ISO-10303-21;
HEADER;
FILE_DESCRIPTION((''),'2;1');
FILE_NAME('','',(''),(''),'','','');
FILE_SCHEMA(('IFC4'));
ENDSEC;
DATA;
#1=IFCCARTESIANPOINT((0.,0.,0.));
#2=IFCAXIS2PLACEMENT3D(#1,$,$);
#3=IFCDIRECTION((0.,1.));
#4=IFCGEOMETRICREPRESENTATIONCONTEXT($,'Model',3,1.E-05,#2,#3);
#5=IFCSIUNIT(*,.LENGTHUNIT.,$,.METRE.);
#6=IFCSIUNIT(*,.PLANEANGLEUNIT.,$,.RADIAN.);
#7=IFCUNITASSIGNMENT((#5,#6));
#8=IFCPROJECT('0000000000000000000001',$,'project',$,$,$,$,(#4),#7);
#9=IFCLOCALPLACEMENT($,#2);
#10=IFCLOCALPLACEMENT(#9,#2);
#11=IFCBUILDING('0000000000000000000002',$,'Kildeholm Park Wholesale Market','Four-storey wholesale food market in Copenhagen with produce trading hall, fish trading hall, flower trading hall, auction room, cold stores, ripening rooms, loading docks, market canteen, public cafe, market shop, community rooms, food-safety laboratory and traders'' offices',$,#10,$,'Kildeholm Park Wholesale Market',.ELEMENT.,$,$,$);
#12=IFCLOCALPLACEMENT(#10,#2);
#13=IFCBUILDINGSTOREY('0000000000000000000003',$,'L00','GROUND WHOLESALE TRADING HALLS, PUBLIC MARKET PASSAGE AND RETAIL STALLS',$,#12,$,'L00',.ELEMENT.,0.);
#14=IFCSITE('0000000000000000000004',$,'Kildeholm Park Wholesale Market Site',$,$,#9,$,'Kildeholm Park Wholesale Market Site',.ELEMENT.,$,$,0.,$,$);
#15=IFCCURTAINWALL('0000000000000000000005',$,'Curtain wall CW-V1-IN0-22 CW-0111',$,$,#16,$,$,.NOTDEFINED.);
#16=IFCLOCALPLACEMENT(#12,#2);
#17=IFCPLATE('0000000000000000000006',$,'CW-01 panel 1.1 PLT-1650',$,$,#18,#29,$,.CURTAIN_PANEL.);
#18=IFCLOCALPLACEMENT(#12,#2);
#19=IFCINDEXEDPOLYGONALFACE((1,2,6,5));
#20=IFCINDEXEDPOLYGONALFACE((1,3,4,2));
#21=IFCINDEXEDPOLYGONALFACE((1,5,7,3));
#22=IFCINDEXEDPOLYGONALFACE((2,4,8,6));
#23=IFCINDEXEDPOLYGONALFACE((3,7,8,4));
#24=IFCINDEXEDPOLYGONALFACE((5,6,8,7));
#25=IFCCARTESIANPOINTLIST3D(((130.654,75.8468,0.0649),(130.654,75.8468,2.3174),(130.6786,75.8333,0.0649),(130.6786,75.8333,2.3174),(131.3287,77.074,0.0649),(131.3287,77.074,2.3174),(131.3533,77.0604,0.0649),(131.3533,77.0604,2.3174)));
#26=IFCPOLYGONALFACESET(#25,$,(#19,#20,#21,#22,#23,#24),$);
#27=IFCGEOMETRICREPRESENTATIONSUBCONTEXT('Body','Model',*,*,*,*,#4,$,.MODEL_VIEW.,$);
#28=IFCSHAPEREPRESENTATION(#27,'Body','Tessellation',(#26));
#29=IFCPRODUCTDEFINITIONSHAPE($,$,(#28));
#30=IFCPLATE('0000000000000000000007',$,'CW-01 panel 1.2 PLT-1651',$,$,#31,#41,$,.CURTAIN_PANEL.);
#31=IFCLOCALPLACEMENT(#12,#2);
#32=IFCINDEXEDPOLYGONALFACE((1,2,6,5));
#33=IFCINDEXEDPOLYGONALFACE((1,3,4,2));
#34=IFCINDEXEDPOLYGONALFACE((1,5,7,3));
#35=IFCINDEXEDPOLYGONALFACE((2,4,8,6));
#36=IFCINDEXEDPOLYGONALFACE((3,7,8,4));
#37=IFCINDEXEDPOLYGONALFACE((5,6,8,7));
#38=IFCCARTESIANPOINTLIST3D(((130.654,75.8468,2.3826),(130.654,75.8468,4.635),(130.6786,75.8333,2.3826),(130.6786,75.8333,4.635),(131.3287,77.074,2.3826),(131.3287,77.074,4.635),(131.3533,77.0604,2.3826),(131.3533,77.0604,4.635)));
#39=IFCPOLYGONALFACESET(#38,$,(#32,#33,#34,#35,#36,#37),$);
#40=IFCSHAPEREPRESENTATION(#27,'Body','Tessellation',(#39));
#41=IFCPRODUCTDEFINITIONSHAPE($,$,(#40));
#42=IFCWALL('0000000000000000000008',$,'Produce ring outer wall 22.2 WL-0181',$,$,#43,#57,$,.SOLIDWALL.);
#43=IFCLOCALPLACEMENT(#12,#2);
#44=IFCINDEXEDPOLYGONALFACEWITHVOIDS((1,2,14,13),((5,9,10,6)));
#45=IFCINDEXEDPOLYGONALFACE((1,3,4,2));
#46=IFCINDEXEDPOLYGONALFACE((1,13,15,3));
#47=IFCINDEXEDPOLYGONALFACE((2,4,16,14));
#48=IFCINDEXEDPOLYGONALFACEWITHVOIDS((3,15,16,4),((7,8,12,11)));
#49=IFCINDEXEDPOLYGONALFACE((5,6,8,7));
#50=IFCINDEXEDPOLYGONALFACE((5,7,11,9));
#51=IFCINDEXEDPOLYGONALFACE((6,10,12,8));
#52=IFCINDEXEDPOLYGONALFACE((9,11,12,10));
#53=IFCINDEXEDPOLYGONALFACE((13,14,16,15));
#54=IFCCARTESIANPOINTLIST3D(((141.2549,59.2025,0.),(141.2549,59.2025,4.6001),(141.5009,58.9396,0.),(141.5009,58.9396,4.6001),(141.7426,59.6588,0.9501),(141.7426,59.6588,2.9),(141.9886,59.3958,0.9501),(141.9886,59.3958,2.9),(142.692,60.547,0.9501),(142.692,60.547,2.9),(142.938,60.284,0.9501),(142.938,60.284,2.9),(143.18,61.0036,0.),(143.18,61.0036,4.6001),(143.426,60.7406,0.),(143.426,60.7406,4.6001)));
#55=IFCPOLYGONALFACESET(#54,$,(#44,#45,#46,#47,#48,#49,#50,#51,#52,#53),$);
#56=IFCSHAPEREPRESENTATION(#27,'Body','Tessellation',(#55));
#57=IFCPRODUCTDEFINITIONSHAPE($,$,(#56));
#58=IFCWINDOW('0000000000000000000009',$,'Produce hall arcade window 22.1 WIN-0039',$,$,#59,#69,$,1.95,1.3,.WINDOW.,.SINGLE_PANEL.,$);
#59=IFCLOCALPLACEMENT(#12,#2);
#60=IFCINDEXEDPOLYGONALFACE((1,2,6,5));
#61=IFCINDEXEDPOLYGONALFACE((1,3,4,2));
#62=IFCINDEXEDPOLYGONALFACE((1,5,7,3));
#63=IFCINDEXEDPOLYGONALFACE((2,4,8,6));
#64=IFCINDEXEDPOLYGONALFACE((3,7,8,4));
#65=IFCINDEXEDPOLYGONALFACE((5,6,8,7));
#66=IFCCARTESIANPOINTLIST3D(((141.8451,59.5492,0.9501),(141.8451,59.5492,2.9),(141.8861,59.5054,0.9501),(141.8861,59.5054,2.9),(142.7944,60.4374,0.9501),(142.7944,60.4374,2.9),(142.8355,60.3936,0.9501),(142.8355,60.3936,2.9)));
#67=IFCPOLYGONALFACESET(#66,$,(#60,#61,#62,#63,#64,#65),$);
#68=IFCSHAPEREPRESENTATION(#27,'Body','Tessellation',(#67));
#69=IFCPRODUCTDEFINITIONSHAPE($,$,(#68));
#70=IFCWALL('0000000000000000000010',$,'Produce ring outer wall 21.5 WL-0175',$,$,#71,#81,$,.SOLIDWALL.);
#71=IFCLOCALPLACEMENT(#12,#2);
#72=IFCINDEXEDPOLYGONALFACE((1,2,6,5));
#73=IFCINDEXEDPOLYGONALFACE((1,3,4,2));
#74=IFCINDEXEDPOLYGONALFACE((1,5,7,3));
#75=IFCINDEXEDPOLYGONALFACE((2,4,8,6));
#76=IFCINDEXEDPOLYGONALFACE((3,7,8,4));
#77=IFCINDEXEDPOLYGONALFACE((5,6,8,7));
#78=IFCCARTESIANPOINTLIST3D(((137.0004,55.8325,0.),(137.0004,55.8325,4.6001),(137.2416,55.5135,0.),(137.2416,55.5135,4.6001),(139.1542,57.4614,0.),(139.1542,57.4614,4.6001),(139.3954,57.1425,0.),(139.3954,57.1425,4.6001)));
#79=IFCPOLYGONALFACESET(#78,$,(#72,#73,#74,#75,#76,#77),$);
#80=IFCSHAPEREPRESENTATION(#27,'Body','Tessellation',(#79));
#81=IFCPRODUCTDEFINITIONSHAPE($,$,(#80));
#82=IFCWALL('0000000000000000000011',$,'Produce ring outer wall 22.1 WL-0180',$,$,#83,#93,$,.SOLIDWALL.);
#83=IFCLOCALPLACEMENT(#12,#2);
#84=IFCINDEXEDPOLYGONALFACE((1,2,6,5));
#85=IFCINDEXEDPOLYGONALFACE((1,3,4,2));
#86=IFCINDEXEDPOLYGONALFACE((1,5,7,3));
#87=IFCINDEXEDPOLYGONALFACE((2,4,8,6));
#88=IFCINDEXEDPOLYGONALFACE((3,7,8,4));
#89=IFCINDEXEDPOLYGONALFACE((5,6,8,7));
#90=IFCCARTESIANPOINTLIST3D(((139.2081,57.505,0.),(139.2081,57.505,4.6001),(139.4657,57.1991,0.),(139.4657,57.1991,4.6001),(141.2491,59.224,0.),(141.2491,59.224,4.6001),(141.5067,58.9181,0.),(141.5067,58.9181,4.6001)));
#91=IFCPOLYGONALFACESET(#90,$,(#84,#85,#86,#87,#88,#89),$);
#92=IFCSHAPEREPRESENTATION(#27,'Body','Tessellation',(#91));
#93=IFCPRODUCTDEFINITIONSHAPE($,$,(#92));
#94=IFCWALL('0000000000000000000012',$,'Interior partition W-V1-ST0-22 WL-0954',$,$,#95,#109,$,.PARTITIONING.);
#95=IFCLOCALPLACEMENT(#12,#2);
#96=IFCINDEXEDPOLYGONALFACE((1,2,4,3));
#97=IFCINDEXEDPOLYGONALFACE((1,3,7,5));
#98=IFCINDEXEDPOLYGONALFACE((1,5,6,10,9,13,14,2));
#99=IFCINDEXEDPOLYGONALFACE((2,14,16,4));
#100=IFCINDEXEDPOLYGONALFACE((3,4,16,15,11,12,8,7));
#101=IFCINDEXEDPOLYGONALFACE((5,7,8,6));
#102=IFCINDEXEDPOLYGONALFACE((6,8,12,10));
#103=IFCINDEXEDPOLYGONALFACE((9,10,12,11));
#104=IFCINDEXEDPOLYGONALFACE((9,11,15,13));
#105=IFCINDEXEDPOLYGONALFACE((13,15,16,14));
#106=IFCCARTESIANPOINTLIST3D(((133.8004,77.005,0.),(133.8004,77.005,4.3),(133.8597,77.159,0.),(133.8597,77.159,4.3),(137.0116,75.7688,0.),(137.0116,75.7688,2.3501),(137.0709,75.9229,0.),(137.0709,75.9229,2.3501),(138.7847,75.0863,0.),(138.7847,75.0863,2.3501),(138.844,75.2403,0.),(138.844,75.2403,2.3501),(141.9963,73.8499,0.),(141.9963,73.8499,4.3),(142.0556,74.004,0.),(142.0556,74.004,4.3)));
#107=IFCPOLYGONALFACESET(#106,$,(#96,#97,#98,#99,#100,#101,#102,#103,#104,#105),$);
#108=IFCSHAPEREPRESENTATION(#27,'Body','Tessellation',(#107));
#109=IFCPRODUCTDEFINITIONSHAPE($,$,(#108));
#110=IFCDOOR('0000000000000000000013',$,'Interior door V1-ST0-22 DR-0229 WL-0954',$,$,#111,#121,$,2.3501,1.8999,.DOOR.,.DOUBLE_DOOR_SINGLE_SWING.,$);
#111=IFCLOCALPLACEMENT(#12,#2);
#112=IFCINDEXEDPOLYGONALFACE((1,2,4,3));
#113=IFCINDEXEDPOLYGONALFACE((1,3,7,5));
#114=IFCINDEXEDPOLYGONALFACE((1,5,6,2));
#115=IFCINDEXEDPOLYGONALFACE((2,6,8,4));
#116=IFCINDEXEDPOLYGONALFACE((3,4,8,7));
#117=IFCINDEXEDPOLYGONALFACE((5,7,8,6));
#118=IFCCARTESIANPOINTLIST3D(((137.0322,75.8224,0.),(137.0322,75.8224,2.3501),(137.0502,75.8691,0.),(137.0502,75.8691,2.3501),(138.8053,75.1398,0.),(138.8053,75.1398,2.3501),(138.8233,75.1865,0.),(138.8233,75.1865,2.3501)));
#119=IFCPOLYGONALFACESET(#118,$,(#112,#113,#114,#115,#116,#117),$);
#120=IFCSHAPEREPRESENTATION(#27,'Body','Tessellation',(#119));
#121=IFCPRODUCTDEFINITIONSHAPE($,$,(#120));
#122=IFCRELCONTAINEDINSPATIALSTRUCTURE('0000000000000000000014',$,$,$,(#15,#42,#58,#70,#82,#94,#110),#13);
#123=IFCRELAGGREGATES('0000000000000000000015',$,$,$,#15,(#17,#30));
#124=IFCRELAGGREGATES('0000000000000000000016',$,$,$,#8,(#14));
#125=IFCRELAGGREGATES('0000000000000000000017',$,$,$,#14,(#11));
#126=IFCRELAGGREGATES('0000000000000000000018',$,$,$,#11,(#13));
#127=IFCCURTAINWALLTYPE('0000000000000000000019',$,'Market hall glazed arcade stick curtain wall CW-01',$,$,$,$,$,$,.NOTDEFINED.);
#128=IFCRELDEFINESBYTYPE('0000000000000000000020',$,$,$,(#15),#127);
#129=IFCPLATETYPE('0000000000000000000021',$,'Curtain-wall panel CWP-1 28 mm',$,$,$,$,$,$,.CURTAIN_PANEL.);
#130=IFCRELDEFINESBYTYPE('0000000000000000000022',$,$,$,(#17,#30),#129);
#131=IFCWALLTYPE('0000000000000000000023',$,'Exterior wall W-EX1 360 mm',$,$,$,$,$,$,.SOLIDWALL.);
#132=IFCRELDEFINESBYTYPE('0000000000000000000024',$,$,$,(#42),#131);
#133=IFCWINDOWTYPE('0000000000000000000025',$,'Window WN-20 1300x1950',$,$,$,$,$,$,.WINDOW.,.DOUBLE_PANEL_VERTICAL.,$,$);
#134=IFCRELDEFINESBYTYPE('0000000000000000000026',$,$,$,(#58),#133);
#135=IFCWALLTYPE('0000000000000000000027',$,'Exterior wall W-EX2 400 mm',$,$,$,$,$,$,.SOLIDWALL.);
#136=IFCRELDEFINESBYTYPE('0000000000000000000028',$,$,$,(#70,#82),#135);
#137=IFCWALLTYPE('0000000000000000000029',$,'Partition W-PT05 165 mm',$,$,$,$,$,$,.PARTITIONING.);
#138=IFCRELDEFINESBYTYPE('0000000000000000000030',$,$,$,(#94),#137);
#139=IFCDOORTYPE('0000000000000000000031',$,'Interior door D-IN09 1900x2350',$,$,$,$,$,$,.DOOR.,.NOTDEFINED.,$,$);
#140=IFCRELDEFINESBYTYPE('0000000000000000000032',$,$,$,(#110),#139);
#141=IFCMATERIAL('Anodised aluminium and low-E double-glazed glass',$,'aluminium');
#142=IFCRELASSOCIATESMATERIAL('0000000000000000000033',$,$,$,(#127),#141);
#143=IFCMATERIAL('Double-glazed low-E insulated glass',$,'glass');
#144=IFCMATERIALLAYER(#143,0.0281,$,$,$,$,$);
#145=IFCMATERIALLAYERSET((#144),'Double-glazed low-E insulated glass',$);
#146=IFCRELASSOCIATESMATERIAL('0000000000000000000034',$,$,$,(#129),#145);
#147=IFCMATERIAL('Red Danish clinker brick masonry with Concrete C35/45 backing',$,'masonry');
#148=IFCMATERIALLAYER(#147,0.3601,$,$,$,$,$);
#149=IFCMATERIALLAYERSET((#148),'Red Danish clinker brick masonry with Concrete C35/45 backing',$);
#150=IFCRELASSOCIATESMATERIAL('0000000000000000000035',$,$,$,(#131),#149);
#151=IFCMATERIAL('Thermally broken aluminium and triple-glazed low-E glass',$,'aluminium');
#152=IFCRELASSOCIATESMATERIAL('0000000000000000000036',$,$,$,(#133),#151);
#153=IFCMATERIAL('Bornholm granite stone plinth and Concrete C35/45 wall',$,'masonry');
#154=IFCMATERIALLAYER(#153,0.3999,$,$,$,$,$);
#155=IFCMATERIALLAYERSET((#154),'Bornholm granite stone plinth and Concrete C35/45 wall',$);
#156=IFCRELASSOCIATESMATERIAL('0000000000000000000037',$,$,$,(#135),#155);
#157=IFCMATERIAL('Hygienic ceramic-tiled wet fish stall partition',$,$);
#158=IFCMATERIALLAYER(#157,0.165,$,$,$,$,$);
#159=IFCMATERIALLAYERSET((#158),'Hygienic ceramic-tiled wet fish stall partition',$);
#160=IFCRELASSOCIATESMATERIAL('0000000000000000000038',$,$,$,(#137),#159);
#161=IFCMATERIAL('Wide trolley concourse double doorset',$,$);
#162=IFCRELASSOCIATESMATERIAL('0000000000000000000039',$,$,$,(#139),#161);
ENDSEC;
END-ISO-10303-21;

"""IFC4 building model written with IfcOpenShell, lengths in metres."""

from ifc_helpers import new_model, si_unit, direction, frame, frame_2d, origin, origin_2d, place, context, subcontext, project, spatial, rectangle, extrude, material, layer, layer_set, type_object, element, fill, aggregate, save


model = new_model("IFC4")

# Units and contexts
model_context = context("Model", 3, precision=1e-05, world=origin(), true_north=direction((0.0, 1.0)))
body_context = subcontext(model_context, "Body", "Model", "MODEL_VIEW")
ifc_project = project(units=[si_unit("LENGTHUNIT", "METRE"), si_unit("PLANEANGLEUNIT", "RADIAN")], contexts=[model_context])

# Site, building, storey
site_placement = place(None, origin())
site = spatial("IfcSite", under=ifc_project, at=site_placement, Name="Kildeholm Park Wholesale Market Site", LongName="Kildeholm Park Wholesale Market Site", CompositionType="ELEMENT", RefElevation=0.0)
building_placement = place(site_placement, origin())
building = spatial("IfcBuilding", under=site, at=building_placement, Name="Kildeholm Park Wholesale Market", Description="Four-storey wholesale food market in Copenhagen with produce trading hall, fish trading hall, flower trading hall, auction room, cold stores, ripening rooms, loading docks, market canteen, public cafe, market shop, community rooms, food-safety laboratory and traders' offices", LongName="Kildeholm Park Wholesale Market", CompositionType="ELEMENT")
storey_placement = place(building_placement, origin())
storey = spatial("IfcBuildingStorey", under=building, at=storey_placement, Name="L00", Description="GROUND WHOLESALE TRADING HALLS, PUBLIC MARKET PASSAGE AND RETAIL STALLS", LongName="L00", CompositionType="ELEMENT", Elevation=0.0)

# Curtain wall, plates
ifc_material_1 = material(Name="Anodised aluminium and low-E double-glazed glass", Category="aluminium")
curtain_wall_type = type_object("IfcCurtainWallType", Name="Market hall glazed arcade stick curtain wall CW-01", PredefinedType="NOTDEFINED", material=ifc_material_1)
curtain_wall_placement = place(storey_placement, origin())
curtain_wall = element("IfcCurtainWall", 1, at=curtain_wall_placement, inside=storey, type_object=curtain_wall_type, Name="Curtain wall CW-V1-IN0-22 CW-0111", PredefinedType="NOTDEFINED")
ifc_material_2 = material(Name="Double-glazed low-E insulated glass", Category="glass")
ifc_layer_1 = layer(ifc_material_2, 0.0281)
ifc_layer_set_1 = layer_set([ifc_layer_1], Name="Double-glazed low-E insulated glass")
plate_type = type_object("IfcPlateType", Name="Curtain-wall panel CWP-1 28 mm", PredefinedType="CURTAIN_PANEL", material=ifc_layer_set_1)
plate_1_placement = place(storey_placement, frame((131.0037, 76.4536, 0.0649), z_axis=(0.0, 0.0, 1.0), x_axis=(0.48175, 0.876309, 0.0)))
plate_1 = element("IfcPlate", 2, at=plate_1_placement, type_object=plate_type, Name="CW-01 panel 1.1 PLT-1650", PredefinedType="CURTAIN_PANEL", context=body_context, shape_type="SweptSolid", body=[
    extrude(rectangle(XDim=1.4004, YDim=0.0281, at=origin_2d()), origin(), (0.0, 0.0, 1.0), 2.2524),
])
plate_2_placement = place(storey_placement, frame((131.0037, 76.4536, 2.3826), z_axis=(0.0, 0.0, 1.0), x_axis=(0.48175, 0.876309, 0.0)))
plate_2 = element("IfcPlate", 3, at=plate_2_placement, type_object=plate_type, Name="CW-01 panel 1.2 PLT-1651", PredefinedType="CURTAIN_PANEL", context=body_context, shape_type="SweptSolid", body=[
    extrude(rectangle(XDim=1.4004, YDim=0.0281, at=origin_2d()), origin(), (0.0, 0.0, 1.0), 2.2524),
])
aggregate(curtain_wall, [plate_1, plate_2])

# Wall, opening, window
ifc_material_3 = material(Name="Red Danish clinker brick masonry with Concrete C35/45 backing", Category="masonry")
ifc_layer_2 = layer(ifc_material_3, 0.3601)
ifc_layer_set_2 = layer_set([ifc_layer_2], Name="Red Danish clinker brick masonry with Concrete C35/45 backing")
wall_type_1 = type_object("IfcWallType", Name="Exterior wall W-EX1 360 mm", PredefinedType="SOLIDWALL", material=ifc_layer_set_2)
wall_1_placement = place(storey_placement, frame((141.3779, 59.071, 0.0), z_axis=(0.0, 0.0, 1.0), x_axis=(0.730239, 0.683192, 0.0)))
wall_1 = element("IfcWall", 4, at=wall_1_placement, inside=storey, type_object=wall_type_1, Name="Produce ring outer wall 22.2 WL-0181", PredefinedType="SOLIDWALL", context=body_context, shape_type="SweptSolid", body=[
    extrude(rectangle(XDim=2.6362, YDim=0.3601, at=frame_2d((1.3181, 0.0))), origin(), (0.0, 0.0, 1.0), 4.6001),
])
opening_1_placement = place(wall_1_placement, frame((0.668, 0.0, 0.95)))
opening_1 = element("IfcOpeningElement", 5, at=opening_1_placement, cuts=wall_1, PredefinedType="OPENING", context=body_context, shape_type="SweptSolid", body=[
    extrude(rectangle(XDim=1.3, YDim=1.95, at=frame_2d((0.6499, 0.9751))), frame((0.0, 0.1899, 0.0), z_axis=(0.0, -1.0, 0.0), x_axis=(1.0, 0.0, 0.0)), (0.0, 0.0, 1.0), 0.3801),
])
ifc_material_4 = material(Name="Thermally broken aluminium and triple-glazed low-E glass", Category="aluminium")
window_type = type_object("IfcWindowType", Name="Window WN-20 1300x1950", PartitioningType="DOUBLE_PANEL_VERTICAL", PredefinedType="WINDOW", material=ifc_material_4)
window_placement = place(opening_1_placement, origin())
window = element("IfcWindow", 6, at=window_placement, inside=storey, type_object=window_type, Name="Produce hall arcade window 22.1 WIN-0039", OverallHeight=1.95, OverallWidth=1.3, PartitioningType="SINGLE_PANEL", PredefinedType="WINDOW", context=body_context, shape_type="SweptSolid", body=[
    extrude(rectangle(XDim=1.3, YDim=1.95, at=frame_2d((0.6499, 0.9751))), frame((0.0, 0.03, 0.0), z_axis=(0.0, -1.0, 0.0), x_axis=(1.0, 0.0, 0.0)), (0.0, 0.0, 1.0), 0.0601),
])
fill(opening_1, window)

# Walls
ifc_material_5 = material(Name="Bornholm granite stone plinth and Concrete C35/45 wall", Category="masonry")
ifc_layer_3 = layer(ifc_material_5, 0.3999)
ifc_layer_set_3 = layer_set([ifc_layer_3], Name="Bornholm granite stone plinth and Concrete C35/45 wall")
wall_type_2 = type_object("IfcWallType", Name="Exterior wall W-EX2 400 mm", PredefinedType="SOLIDWALL", material=ifc_layer_set_3)
wall_2_placement = place(storey_placement, frame((137.1211, 55.6731, 0.0), z_axis=(0.0, 0.0, 1.0), x_axis=(0.797585, 0.603206, 0.0)))
element("IfcWall", 7, at=wall_2_placement, inside=storey, type_object=wall_type_2, Name="Produce ring outer wall 21.5 WL-0175", PredefinedType="SOLIDWALL", context=body_context, shape_type="SweptSolid", body=[
    extrude(rectangle(XDim=2.7004, YDim=0.3999, at=frame_2d((1.3501, 0.0))), origin(), (0.0, 0.0, 1.0), 4.6001),
])
wall_3_placement = place(storey_placement, frame((139.3369, 57.3521, 0.0), z_axis=(0.0, 0.0, 1.0), x_axis=(0.764866, 0.644189, 0.0)))
element("IfcWall", 8, at=wall_3_placement, inside=storey, type_object=wall_type_2, Name="Produce ring outer wall 22.1 WL-0180", PredefinedType="SOLIDWALL", context=body_context, shape_type="SweptSolid", body=[
    extrude(rectangle(XDim=2.6685, YDim=0.3999, at=frame_2d((1.3342, 0.0))), origin(), (0.0, 0.0, 1.0), 4.6001),
])

# Wall, opening, door
ifc_material_6 = material(Name="Hygienic ceramic-tiled wet fish stall partition")
ifc_layer_4 = layer(ifc_material_6, 0.165)
ifc_layer_set_4 = layer_set([ifc_layer_4], Name="Hygienic ceramic-tiled wet fish stall partition")
wall_type_3 = type_object("IfcWallType", Name="Partition W-PT05 165 mm", PredefinedType="PARTITIONING", material=ifc_layer_set_4)
wall_4_placement = place(storey_placement, frame((133.8301, 77.082, 0.0), z_axis=(0.0, 0.0, 1.0), x_axis=(0.933239, -0.359257, 0.0)))
wall_4 = element("IfcWall", 9, at=wall_4_placement, inside=storey, type_object=wall_type_3, Name="Interior partition W-V1-ST0-22 WL-0954", PredefinedType="PARTITIONING", context=body_context, shape_type="SweptSolid", body=[
    extrude(rectangle(XDim=8.7822, YDim=0.165, at=frame_2d((4.3911, 0.0))), origin(), (0.0, 0.0, 1.0), 4.3),
])
opening_2_placement = place(wall_4_placement, frame((3.4409, 0.0, 0.0)))
opening_2 = element("IfcOpeningElement", 10, at=opening_2_placement, cuts=wall_4, PredefinedType="OPENING", context=body_context, shape_type="SweptSolid", body=[
    extrude(rectangle(XDim=1.8999, YDim=2.3501, at=frame_2d((0.95, 1.175))), frame((0.0, 0.0925, 0.0), z_axis=(0.0, -1.0, 0.0), x_axis=(1.0, 0.0, 0.0)), (0.0, 0.0, 1.0), 0.1851),
])
ifc_material_7 = material(Name="Wide trolley concourse double doorset")
door_type = type_object("IfcDoorType", Name="Interior door D-IN09 1900x2350", OperationType="NOTDEFINED", PredefinedType="DOOR", material=ifc_material_7)
door_placement = place(opening_2_placement, origin())
door = element("IfcDoor", 11, at=door_placement, inside=storey, type_object=door_type, Name="Interior door V1-ST0-22 DR-0229 WL-0954", OperationType="DOUBLE_DOOR_SINGLE_SWING", OverallHeight=2.3501, OverallWidth=1.8999, PredefinedType="DOOR", context=body_context, shape_type="SweptSolid", body=[
    extrude(rectangle(XDim=1.8999, YDim=2.3501, at=frame_2d((0.95, 1.175))), frame((0.0, 0.0249, 0.0), z_axis=(0.0, -1.0, 0.0), x_axis=(1.0, 0.0, 0.0)), (0.0, 0.0, 1.0), 0.05),
])
fill(opening_2, door)

save(model, "model.ifc")
